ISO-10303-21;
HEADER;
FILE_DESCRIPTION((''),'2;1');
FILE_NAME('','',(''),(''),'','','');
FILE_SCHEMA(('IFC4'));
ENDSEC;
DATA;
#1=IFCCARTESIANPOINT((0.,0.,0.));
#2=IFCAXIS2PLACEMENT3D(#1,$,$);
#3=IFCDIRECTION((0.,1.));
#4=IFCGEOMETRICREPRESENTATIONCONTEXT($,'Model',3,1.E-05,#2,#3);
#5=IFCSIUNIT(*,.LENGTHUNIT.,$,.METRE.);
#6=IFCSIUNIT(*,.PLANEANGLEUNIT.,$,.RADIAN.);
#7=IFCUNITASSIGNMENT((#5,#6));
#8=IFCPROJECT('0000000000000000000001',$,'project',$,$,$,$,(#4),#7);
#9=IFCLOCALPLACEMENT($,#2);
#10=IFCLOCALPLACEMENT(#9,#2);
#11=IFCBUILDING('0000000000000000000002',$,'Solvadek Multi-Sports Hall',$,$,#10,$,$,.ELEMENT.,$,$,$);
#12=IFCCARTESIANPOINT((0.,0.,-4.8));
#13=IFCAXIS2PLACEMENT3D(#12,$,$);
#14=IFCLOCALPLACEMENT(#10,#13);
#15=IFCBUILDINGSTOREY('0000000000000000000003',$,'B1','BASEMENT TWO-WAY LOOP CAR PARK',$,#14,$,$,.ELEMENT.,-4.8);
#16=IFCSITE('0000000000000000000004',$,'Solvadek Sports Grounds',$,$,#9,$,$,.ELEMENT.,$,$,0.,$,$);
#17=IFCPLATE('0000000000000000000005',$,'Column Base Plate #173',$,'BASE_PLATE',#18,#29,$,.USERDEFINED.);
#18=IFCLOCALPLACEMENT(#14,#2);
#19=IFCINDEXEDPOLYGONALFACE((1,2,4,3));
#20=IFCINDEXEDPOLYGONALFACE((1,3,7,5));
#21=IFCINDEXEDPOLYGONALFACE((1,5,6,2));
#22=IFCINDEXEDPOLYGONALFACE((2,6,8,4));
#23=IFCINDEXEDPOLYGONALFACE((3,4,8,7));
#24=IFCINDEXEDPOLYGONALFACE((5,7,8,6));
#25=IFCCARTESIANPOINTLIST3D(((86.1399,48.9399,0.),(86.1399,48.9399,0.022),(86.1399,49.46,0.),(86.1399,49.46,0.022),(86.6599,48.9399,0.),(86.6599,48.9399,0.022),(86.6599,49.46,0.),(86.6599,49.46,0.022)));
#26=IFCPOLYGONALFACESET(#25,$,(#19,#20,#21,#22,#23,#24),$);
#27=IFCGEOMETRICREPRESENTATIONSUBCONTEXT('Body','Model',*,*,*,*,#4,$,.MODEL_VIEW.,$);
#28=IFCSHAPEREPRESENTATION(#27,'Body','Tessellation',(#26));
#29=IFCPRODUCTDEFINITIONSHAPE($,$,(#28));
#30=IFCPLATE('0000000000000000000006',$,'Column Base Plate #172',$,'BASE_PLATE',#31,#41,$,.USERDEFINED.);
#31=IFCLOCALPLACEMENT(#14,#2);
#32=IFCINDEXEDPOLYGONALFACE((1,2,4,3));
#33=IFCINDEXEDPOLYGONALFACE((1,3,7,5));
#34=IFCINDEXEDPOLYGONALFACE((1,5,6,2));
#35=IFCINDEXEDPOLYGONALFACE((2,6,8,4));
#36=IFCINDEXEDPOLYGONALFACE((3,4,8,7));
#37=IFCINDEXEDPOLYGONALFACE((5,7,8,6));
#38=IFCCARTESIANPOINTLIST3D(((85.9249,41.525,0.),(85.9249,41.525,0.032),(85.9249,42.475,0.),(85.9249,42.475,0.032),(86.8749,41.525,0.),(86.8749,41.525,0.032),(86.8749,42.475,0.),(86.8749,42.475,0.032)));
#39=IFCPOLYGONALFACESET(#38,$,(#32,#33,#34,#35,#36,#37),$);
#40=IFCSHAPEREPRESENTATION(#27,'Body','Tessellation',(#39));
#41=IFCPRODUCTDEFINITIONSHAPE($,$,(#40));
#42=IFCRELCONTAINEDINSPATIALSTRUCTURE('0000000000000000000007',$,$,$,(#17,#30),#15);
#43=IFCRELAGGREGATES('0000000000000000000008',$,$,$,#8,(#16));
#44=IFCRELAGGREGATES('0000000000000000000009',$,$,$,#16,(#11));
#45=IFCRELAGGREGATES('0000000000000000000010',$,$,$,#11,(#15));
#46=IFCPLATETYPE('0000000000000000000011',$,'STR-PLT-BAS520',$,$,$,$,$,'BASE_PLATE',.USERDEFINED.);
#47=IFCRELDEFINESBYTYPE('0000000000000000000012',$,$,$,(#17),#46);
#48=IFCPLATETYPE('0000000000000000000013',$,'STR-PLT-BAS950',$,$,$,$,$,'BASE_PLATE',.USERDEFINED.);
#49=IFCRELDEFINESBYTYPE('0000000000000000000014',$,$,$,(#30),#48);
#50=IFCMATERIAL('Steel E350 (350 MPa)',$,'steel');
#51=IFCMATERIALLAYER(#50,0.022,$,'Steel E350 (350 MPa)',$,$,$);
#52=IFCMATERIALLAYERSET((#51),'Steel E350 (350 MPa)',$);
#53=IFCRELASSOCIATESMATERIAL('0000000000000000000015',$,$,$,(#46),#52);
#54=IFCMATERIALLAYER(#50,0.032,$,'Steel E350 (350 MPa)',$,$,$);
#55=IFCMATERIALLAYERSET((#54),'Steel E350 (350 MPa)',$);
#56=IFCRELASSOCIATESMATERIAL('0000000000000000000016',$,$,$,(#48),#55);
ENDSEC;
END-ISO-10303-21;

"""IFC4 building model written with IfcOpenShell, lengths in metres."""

from ifc_helpers import new_model, si_unit, direction, frame, origin, origin_2d, place, context, subcontext, project, spatial, rectangle, extrude, material, layer, layer_set, type_object, element, save


model = new_model("IFC4")

# Units and contexts
model_context = context("Model", 3, precision=1e-05, world=origin(), true_north=direction((0.0, 1.0)))
body_context = subcontext(model_context, "Body", "Model", "MODEL_VIEW")
ifc_project = project(units=[si_unit("LENGTHUNIT", "METRE"), si_unit("PLANEANGLEUNIT", "RADIAN")], contexts=[model_context])

# Site, building, storey
site_placement = place(None, origin())
site = spatial("IfcSite", under=ifc_project, at=site_placement, Name="Solvadek Sports Grounds", CompositionType="ELEMENT", RefElevation=0.0)
building_placement = place(site_placement, origin())
building = spatial("IfcBuilding", under=site, at=building_placement, Name="Solvadek Multi-Sports Hall", CompositionType="ELEMENT")
storey_placement = place(building_placement, frame((0.0, 0.0, -4.8)))
storey = spatial("IfcBuildingStorey", under=building, at=storey_placement, Name="B1", Description="BASEMENT TWO-WAY LOOP CAR PARK", CompositionType="ELEMENT", Elevation=-4.8)

# Shared definitions
ifc_material_1 = material(Name="Steel E350 (350 MPa)", Category="steel")

# Plates
ifc_layer_1 = layer(ifc_material_1, 0.022, Name="Steel E350 (350 MPa)")
ifc_layer_set_1 = layer_set([ifc_layer_1], Name="Steel E350 (350 MPa)")
plate_type_1 = type_object("IfcPlateType", Name="STR-PLT-BAS520", ElementType="BASE_PLATE", PredefinedType="USERDEFINED", material=ifc_layer_set_1)
plate_1_placement = place(storey_placement, frame((86.3999, 49.2, 0.0), z_axis=(0.0, 0.0, 1.0), x_axis=(1.0, 0.0, 0.0)))
element("IfcPlate", 1, at=plate_1_placement, inside=storey, type_object=plate_type_1, Name="Column Base Plate #173", ObjectType="BASE_PLATE", PredefinedType="USERDEFINED", context=body_context, shape_type="SweptSolid", body=[
    extrude(rectangle(XDim=0.52, YDim=0.52, at=origin_2d()), origin(), (0.0, 0.0, 1.0), 0.022),
])
ifc_layer_2 = layer(ifc_material_1, 0.032, Name="Steel E350 (350 MPa)")
ifc_layer_set_2 = layer_set([ifc_layer_2], Name="Steel E350 (350 MPa)")
plate_type_2 = type_object("IfcPlateType", Name="STR-PLT-BAS950", ElementType="BASE_PLATE", PredefinedType="USERDEFINED", material=ifc_layer_set_2)
plate_2_placement = place(storey_placement, frame((86.3999, 42.0, 0.0), z_axis=(0.0, 0.0, 1.0), x_axis=(1.0, 0.0, 0.0)))
element("IfcPlate", 2, at=plate_2_placement, inside=storey, type_object=plate_type_2, Name="Column Base Plate #172", ObjectType="BASE_PLATE", PredefinedType="USERDEFINED", context=body_context, shape_type="SweptSolid", body=[
    extrude(rectangle(XDim=0.95, YDim=0.95, at=origin_2d()), origin(), (0.0, 0.0, 1.0), 0.032),
])

save(model, "model.ifc")
